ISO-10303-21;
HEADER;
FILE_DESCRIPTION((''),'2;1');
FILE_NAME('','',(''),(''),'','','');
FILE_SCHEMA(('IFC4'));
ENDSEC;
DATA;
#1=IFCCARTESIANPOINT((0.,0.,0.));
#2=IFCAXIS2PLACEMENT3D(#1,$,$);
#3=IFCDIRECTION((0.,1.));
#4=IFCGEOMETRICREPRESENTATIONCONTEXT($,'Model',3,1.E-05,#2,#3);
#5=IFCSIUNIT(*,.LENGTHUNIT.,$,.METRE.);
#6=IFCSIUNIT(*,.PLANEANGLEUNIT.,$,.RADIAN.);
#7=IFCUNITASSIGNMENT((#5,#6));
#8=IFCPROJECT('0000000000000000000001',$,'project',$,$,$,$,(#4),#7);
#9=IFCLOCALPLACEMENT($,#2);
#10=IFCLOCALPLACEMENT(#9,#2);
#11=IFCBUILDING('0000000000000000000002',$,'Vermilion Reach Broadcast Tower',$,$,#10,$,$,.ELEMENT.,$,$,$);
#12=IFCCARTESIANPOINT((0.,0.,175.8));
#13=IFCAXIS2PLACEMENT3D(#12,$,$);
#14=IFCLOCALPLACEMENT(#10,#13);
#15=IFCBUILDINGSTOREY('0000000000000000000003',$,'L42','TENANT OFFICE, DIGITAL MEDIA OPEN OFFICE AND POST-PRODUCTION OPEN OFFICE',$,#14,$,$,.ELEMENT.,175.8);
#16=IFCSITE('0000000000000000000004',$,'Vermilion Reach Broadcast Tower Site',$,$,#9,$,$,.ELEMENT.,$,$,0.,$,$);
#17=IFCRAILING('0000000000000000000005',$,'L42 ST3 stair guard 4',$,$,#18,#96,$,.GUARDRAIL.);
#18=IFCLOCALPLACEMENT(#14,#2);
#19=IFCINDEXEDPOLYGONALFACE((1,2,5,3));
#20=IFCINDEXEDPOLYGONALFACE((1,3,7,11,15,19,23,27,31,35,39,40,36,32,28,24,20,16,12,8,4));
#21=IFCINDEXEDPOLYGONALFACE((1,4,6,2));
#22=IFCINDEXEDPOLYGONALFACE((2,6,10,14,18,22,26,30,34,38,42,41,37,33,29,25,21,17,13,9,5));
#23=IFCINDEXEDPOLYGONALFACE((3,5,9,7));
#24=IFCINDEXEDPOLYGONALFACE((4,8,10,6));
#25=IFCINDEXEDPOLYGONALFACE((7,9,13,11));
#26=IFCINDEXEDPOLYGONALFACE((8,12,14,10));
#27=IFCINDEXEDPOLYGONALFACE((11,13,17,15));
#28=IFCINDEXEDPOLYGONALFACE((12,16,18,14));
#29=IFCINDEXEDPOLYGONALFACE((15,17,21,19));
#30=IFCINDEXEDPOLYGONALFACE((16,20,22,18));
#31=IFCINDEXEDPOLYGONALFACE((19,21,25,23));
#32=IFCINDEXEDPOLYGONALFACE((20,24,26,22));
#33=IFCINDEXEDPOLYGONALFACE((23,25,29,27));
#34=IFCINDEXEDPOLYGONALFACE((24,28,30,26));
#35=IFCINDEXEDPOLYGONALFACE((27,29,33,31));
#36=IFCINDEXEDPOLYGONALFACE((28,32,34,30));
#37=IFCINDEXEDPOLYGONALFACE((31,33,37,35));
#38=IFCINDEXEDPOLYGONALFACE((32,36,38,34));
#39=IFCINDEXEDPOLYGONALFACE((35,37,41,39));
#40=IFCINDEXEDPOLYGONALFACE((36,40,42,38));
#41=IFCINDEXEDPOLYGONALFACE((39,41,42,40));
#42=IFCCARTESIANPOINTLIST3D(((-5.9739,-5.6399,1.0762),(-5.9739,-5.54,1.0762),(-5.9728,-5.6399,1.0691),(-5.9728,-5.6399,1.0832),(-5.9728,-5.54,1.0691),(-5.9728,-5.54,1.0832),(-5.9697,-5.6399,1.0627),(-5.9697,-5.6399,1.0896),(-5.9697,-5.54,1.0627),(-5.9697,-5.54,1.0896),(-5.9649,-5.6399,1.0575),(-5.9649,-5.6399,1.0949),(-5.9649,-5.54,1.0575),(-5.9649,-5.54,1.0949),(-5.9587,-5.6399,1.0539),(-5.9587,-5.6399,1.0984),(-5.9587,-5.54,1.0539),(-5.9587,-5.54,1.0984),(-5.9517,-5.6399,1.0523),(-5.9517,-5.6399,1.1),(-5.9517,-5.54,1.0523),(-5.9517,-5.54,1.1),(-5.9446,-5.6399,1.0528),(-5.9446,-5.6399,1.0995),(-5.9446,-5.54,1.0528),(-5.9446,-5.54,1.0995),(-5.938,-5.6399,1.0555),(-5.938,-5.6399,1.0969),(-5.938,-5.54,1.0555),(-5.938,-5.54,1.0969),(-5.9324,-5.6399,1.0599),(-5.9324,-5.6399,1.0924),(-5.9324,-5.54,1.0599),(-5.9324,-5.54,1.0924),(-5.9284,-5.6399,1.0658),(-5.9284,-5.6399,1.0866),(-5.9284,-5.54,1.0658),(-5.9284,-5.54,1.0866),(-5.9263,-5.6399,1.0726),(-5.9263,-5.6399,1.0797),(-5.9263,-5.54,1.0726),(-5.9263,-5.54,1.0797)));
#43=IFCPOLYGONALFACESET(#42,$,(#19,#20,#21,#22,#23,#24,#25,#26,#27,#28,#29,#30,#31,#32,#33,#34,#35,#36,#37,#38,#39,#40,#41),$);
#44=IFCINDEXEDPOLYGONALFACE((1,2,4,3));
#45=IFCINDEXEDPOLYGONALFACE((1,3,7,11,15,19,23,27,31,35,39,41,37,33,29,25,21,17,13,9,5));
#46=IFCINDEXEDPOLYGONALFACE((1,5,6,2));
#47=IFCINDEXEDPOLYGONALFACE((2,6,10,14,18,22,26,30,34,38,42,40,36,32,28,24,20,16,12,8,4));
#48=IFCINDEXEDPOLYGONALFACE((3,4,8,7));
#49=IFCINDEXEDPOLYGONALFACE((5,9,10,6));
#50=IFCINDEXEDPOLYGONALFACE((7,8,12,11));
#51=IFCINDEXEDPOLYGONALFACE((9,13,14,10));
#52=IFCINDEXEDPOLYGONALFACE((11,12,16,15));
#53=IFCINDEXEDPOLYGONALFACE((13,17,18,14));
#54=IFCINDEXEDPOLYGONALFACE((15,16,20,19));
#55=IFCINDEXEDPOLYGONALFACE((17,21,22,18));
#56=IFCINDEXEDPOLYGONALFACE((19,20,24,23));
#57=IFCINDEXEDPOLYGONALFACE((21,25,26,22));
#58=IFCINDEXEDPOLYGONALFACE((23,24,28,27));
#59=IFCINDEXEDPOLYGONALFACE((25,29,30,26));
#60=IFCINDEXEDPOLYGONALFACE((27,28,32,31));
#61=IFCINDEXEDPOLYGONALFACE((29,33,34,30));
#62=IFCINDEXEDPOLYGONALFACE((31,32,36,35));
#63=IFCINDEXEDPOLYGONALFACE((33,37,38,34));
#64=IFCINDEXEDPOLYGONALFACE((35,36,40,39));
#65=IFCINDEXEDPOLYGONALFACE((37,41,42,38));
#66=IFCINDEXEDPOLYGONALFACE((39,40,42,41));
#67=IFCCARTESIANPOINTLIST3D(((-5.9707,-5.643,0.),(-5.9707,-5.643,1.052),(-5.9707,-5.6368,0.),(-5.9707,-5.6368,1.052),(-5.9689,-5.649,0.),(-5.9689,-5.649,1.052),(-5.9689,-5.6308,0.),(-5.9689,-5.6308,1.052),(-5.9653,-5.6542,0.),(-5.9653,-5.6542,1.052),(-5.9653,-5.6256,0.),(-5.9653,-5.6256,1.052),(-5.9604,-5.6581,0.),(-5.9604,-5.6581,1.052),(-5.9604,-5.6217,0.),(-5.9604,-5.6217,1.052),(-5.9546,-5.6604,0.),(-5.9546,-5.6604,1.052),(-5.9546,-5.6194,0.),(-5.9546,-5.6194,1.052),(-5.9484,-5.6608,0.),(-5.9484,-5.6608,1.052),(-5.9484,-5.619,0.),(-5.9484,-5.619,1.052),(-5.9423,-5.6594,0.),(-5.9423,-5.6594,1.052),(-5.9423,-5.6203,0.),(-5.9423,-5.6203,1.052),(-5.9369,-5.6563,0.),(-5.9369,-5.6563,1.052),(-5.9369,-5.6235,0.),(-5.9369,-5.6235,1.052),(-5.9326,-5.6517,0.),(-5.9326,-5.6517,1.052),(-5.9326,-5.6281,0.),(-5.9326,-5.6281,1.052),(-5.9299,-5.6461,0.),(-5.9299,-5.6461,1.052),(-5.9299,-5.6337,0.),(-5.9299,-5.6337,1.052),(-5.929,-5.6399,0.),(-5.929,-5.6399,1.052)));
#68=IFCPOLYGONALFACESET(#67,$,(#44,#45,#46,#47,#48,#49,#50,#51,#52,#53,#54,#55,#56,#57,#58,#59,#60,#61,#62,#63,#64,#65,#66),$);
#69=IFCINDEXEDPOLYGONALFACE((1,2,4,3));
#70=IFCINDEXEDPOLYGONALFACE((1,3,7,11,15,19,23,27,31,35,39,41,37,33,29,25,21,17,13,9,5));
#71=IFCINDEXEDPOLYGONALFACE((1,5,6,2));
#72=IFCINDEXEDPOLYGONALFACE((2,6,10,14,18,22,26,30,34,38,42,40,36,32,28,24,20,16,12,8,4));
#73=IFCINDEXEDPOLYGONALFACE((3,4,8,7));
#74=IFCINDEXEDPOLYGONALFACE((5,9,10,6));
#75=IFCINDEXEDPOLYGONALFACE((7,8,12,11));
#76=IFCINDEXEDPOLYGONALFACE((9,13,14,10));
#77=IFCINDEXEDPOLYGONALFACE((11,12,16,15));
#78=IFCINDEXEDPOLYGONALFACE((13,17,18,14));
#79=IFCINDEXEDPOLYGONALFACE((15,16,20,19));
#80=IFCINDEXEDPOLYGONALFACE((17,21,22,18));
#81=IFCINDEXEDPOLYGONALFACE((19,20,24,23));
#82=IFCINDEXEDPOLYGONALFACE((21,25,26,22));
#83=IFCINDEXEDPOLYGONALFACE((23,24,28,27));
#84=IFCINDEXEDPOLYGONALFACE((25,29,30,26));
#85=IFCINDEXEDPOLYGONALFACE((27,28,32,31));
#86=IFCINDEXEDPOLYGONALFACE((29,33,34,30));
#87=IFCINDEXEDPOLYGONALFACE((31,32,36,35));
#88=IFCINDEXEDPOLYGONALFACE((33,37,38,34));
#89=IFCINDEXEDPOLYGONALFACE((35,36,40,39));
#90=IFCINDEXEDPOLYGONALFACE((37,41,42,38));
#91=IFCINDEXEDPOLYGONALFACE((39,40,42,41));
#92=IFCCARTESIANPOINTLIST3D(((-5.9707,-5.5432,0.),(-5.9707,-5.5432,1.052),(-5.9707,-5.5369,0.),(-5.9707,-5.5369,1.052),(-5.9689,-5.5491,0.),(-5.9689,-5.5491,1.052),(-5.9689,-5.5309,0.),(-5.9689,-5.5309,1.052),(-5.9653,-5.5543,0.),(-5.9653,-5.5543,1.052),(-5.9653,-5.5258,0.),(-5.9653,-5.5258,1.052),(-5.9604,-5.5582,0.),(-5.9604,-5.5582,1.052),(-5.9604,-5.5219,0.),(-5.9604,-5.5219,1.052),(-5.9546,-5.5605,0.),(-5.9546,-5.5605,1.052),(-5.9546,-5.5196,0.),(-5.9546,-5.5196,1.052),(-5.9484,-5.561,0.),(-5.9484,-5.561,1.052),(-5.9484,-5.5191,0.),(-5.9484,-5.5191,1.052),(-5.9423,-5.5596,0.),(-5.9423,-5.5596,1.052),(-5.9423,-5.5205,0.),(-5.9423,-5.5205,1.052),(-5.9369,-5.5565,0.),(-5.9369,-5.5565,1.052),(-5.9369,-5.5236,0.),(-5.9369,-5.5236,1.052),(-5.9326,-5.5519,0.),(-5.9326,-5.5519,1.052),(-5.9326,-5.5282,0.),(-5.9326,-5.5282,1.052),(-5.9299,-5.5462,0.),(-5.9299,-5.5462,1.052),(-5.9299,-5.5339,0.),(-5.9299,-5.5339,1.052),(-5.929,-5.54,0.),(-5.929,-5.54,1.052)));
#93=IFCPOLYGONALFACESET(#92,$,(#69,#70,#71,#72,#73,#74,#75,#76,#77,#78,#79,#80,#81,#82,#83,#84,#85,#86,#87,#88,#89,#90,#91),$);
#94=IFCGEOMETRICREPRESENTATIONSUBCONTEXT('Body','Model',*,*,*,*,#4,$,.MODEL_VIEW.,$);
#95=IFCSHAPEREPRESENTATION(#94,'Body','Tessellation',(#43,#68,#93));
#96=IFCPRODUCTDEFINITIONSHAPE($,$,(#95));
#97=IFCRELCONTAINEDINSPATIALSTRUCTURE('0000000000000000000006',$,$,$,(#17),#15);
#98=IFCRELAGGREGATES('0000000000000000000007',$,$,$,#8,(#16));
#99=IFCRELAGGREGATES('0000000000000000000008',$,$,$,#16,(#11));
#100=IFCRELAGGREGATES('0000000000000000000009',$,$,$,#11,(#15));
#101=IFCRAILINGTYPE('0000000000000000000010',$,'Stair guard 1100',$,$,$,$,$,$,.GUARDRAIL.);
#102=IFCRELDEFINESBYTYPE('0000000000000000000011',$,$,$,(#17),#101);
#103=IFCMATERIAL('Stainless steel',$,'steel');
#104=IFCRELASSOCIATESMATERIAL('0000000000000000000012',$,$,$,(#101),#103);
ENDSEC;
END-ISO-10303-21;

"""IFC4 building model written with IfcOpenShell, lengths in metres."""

from ifc_helpers import new_model, si_unit, direction, frame, origin, origin_2d, place, context, subcontext, project, spatial, circle, extrude, material, type_object, element, save


model = new_model("IFC4")

# Units and contexts
model_context = context("Model", 3, precision=1e-05, world=origin(), true_north=direction((0.0, 1.0)))
body_context = subcontext(model_context, "Body", "Model", "MODEL_VIEW")
ifc_project = project(units=[si_unit("LENGTHUNIT", "METRE"), si_unit("PLANEANGLEUNIT", "RADIAN")], contexts=[model_context])

# Site, building, storey
site_placement = place(None, origin())
site = spatial("IfcSite", under=ifc_project, at=site_placement, Name="Vermilion Reach Broadcast Tower Site", CompositionType="ELEMENT", RefElevation=0.0)
building_placement = place(site_placement, origin())
building = spatial("IfcBuilding", under=site, at=building_placement, Name="Vermilion Reach Broadcast Tower", CompositionType="ELEMENT")
storey_placement = place(building_placement, frame((0.0, 0.0, 175.8)))
storey = spatial("IfcBuildingStorey", under=building, at=storey_placement, Name="L42", Description="TENANT OFFICE, DIGITAL MEDIA OPEN OFFICE AND POST-PRODUCTION OPEN OFFICE", CompositionType="ELEMENT", Elevation=175.8)

# Railing
ifc_material_1 = material(Name="Stainless steel", Category="steel")
railing_type_1 = type_object("IfcRailingType", Name="Stair guard 1100", PredefinedType="GUARDRAIL", material=ifc_material_1)
railing_1_placement = place(storey_placement, frame((-5.95, -5.6399, 0.0)))
element("IfcRailing", 1, at=railing_1_placement, inside=storey, type_object=railing_type_1, Name="L42 ST3 stair guard 4", PredefinedType="GUARDRAIL", context=body_context, shape_type="SweptSolid", body=[
    extrude(circle(Radius=0.0239, at=origin_2d()), frame((0.0, 0.0, 1.0762), z_axis=(0.0, 1.0, 0.0), x_axis=(-1.0, 0.0, 0.0)), (0.0, 0.0, 1.0), 0.0999),
    extrude(circle(Radius=0.021, at=origin_2d()), origin(), (0.0, 0.0, 1.0), 1.052),
    extrude(circle(Radius=0.021, at=origin_2d()), frame((0.0, 0.0999, 0.0)), (0.0, 0.0, 1.0), 1.052),
])

save(model, "model.ifc")
